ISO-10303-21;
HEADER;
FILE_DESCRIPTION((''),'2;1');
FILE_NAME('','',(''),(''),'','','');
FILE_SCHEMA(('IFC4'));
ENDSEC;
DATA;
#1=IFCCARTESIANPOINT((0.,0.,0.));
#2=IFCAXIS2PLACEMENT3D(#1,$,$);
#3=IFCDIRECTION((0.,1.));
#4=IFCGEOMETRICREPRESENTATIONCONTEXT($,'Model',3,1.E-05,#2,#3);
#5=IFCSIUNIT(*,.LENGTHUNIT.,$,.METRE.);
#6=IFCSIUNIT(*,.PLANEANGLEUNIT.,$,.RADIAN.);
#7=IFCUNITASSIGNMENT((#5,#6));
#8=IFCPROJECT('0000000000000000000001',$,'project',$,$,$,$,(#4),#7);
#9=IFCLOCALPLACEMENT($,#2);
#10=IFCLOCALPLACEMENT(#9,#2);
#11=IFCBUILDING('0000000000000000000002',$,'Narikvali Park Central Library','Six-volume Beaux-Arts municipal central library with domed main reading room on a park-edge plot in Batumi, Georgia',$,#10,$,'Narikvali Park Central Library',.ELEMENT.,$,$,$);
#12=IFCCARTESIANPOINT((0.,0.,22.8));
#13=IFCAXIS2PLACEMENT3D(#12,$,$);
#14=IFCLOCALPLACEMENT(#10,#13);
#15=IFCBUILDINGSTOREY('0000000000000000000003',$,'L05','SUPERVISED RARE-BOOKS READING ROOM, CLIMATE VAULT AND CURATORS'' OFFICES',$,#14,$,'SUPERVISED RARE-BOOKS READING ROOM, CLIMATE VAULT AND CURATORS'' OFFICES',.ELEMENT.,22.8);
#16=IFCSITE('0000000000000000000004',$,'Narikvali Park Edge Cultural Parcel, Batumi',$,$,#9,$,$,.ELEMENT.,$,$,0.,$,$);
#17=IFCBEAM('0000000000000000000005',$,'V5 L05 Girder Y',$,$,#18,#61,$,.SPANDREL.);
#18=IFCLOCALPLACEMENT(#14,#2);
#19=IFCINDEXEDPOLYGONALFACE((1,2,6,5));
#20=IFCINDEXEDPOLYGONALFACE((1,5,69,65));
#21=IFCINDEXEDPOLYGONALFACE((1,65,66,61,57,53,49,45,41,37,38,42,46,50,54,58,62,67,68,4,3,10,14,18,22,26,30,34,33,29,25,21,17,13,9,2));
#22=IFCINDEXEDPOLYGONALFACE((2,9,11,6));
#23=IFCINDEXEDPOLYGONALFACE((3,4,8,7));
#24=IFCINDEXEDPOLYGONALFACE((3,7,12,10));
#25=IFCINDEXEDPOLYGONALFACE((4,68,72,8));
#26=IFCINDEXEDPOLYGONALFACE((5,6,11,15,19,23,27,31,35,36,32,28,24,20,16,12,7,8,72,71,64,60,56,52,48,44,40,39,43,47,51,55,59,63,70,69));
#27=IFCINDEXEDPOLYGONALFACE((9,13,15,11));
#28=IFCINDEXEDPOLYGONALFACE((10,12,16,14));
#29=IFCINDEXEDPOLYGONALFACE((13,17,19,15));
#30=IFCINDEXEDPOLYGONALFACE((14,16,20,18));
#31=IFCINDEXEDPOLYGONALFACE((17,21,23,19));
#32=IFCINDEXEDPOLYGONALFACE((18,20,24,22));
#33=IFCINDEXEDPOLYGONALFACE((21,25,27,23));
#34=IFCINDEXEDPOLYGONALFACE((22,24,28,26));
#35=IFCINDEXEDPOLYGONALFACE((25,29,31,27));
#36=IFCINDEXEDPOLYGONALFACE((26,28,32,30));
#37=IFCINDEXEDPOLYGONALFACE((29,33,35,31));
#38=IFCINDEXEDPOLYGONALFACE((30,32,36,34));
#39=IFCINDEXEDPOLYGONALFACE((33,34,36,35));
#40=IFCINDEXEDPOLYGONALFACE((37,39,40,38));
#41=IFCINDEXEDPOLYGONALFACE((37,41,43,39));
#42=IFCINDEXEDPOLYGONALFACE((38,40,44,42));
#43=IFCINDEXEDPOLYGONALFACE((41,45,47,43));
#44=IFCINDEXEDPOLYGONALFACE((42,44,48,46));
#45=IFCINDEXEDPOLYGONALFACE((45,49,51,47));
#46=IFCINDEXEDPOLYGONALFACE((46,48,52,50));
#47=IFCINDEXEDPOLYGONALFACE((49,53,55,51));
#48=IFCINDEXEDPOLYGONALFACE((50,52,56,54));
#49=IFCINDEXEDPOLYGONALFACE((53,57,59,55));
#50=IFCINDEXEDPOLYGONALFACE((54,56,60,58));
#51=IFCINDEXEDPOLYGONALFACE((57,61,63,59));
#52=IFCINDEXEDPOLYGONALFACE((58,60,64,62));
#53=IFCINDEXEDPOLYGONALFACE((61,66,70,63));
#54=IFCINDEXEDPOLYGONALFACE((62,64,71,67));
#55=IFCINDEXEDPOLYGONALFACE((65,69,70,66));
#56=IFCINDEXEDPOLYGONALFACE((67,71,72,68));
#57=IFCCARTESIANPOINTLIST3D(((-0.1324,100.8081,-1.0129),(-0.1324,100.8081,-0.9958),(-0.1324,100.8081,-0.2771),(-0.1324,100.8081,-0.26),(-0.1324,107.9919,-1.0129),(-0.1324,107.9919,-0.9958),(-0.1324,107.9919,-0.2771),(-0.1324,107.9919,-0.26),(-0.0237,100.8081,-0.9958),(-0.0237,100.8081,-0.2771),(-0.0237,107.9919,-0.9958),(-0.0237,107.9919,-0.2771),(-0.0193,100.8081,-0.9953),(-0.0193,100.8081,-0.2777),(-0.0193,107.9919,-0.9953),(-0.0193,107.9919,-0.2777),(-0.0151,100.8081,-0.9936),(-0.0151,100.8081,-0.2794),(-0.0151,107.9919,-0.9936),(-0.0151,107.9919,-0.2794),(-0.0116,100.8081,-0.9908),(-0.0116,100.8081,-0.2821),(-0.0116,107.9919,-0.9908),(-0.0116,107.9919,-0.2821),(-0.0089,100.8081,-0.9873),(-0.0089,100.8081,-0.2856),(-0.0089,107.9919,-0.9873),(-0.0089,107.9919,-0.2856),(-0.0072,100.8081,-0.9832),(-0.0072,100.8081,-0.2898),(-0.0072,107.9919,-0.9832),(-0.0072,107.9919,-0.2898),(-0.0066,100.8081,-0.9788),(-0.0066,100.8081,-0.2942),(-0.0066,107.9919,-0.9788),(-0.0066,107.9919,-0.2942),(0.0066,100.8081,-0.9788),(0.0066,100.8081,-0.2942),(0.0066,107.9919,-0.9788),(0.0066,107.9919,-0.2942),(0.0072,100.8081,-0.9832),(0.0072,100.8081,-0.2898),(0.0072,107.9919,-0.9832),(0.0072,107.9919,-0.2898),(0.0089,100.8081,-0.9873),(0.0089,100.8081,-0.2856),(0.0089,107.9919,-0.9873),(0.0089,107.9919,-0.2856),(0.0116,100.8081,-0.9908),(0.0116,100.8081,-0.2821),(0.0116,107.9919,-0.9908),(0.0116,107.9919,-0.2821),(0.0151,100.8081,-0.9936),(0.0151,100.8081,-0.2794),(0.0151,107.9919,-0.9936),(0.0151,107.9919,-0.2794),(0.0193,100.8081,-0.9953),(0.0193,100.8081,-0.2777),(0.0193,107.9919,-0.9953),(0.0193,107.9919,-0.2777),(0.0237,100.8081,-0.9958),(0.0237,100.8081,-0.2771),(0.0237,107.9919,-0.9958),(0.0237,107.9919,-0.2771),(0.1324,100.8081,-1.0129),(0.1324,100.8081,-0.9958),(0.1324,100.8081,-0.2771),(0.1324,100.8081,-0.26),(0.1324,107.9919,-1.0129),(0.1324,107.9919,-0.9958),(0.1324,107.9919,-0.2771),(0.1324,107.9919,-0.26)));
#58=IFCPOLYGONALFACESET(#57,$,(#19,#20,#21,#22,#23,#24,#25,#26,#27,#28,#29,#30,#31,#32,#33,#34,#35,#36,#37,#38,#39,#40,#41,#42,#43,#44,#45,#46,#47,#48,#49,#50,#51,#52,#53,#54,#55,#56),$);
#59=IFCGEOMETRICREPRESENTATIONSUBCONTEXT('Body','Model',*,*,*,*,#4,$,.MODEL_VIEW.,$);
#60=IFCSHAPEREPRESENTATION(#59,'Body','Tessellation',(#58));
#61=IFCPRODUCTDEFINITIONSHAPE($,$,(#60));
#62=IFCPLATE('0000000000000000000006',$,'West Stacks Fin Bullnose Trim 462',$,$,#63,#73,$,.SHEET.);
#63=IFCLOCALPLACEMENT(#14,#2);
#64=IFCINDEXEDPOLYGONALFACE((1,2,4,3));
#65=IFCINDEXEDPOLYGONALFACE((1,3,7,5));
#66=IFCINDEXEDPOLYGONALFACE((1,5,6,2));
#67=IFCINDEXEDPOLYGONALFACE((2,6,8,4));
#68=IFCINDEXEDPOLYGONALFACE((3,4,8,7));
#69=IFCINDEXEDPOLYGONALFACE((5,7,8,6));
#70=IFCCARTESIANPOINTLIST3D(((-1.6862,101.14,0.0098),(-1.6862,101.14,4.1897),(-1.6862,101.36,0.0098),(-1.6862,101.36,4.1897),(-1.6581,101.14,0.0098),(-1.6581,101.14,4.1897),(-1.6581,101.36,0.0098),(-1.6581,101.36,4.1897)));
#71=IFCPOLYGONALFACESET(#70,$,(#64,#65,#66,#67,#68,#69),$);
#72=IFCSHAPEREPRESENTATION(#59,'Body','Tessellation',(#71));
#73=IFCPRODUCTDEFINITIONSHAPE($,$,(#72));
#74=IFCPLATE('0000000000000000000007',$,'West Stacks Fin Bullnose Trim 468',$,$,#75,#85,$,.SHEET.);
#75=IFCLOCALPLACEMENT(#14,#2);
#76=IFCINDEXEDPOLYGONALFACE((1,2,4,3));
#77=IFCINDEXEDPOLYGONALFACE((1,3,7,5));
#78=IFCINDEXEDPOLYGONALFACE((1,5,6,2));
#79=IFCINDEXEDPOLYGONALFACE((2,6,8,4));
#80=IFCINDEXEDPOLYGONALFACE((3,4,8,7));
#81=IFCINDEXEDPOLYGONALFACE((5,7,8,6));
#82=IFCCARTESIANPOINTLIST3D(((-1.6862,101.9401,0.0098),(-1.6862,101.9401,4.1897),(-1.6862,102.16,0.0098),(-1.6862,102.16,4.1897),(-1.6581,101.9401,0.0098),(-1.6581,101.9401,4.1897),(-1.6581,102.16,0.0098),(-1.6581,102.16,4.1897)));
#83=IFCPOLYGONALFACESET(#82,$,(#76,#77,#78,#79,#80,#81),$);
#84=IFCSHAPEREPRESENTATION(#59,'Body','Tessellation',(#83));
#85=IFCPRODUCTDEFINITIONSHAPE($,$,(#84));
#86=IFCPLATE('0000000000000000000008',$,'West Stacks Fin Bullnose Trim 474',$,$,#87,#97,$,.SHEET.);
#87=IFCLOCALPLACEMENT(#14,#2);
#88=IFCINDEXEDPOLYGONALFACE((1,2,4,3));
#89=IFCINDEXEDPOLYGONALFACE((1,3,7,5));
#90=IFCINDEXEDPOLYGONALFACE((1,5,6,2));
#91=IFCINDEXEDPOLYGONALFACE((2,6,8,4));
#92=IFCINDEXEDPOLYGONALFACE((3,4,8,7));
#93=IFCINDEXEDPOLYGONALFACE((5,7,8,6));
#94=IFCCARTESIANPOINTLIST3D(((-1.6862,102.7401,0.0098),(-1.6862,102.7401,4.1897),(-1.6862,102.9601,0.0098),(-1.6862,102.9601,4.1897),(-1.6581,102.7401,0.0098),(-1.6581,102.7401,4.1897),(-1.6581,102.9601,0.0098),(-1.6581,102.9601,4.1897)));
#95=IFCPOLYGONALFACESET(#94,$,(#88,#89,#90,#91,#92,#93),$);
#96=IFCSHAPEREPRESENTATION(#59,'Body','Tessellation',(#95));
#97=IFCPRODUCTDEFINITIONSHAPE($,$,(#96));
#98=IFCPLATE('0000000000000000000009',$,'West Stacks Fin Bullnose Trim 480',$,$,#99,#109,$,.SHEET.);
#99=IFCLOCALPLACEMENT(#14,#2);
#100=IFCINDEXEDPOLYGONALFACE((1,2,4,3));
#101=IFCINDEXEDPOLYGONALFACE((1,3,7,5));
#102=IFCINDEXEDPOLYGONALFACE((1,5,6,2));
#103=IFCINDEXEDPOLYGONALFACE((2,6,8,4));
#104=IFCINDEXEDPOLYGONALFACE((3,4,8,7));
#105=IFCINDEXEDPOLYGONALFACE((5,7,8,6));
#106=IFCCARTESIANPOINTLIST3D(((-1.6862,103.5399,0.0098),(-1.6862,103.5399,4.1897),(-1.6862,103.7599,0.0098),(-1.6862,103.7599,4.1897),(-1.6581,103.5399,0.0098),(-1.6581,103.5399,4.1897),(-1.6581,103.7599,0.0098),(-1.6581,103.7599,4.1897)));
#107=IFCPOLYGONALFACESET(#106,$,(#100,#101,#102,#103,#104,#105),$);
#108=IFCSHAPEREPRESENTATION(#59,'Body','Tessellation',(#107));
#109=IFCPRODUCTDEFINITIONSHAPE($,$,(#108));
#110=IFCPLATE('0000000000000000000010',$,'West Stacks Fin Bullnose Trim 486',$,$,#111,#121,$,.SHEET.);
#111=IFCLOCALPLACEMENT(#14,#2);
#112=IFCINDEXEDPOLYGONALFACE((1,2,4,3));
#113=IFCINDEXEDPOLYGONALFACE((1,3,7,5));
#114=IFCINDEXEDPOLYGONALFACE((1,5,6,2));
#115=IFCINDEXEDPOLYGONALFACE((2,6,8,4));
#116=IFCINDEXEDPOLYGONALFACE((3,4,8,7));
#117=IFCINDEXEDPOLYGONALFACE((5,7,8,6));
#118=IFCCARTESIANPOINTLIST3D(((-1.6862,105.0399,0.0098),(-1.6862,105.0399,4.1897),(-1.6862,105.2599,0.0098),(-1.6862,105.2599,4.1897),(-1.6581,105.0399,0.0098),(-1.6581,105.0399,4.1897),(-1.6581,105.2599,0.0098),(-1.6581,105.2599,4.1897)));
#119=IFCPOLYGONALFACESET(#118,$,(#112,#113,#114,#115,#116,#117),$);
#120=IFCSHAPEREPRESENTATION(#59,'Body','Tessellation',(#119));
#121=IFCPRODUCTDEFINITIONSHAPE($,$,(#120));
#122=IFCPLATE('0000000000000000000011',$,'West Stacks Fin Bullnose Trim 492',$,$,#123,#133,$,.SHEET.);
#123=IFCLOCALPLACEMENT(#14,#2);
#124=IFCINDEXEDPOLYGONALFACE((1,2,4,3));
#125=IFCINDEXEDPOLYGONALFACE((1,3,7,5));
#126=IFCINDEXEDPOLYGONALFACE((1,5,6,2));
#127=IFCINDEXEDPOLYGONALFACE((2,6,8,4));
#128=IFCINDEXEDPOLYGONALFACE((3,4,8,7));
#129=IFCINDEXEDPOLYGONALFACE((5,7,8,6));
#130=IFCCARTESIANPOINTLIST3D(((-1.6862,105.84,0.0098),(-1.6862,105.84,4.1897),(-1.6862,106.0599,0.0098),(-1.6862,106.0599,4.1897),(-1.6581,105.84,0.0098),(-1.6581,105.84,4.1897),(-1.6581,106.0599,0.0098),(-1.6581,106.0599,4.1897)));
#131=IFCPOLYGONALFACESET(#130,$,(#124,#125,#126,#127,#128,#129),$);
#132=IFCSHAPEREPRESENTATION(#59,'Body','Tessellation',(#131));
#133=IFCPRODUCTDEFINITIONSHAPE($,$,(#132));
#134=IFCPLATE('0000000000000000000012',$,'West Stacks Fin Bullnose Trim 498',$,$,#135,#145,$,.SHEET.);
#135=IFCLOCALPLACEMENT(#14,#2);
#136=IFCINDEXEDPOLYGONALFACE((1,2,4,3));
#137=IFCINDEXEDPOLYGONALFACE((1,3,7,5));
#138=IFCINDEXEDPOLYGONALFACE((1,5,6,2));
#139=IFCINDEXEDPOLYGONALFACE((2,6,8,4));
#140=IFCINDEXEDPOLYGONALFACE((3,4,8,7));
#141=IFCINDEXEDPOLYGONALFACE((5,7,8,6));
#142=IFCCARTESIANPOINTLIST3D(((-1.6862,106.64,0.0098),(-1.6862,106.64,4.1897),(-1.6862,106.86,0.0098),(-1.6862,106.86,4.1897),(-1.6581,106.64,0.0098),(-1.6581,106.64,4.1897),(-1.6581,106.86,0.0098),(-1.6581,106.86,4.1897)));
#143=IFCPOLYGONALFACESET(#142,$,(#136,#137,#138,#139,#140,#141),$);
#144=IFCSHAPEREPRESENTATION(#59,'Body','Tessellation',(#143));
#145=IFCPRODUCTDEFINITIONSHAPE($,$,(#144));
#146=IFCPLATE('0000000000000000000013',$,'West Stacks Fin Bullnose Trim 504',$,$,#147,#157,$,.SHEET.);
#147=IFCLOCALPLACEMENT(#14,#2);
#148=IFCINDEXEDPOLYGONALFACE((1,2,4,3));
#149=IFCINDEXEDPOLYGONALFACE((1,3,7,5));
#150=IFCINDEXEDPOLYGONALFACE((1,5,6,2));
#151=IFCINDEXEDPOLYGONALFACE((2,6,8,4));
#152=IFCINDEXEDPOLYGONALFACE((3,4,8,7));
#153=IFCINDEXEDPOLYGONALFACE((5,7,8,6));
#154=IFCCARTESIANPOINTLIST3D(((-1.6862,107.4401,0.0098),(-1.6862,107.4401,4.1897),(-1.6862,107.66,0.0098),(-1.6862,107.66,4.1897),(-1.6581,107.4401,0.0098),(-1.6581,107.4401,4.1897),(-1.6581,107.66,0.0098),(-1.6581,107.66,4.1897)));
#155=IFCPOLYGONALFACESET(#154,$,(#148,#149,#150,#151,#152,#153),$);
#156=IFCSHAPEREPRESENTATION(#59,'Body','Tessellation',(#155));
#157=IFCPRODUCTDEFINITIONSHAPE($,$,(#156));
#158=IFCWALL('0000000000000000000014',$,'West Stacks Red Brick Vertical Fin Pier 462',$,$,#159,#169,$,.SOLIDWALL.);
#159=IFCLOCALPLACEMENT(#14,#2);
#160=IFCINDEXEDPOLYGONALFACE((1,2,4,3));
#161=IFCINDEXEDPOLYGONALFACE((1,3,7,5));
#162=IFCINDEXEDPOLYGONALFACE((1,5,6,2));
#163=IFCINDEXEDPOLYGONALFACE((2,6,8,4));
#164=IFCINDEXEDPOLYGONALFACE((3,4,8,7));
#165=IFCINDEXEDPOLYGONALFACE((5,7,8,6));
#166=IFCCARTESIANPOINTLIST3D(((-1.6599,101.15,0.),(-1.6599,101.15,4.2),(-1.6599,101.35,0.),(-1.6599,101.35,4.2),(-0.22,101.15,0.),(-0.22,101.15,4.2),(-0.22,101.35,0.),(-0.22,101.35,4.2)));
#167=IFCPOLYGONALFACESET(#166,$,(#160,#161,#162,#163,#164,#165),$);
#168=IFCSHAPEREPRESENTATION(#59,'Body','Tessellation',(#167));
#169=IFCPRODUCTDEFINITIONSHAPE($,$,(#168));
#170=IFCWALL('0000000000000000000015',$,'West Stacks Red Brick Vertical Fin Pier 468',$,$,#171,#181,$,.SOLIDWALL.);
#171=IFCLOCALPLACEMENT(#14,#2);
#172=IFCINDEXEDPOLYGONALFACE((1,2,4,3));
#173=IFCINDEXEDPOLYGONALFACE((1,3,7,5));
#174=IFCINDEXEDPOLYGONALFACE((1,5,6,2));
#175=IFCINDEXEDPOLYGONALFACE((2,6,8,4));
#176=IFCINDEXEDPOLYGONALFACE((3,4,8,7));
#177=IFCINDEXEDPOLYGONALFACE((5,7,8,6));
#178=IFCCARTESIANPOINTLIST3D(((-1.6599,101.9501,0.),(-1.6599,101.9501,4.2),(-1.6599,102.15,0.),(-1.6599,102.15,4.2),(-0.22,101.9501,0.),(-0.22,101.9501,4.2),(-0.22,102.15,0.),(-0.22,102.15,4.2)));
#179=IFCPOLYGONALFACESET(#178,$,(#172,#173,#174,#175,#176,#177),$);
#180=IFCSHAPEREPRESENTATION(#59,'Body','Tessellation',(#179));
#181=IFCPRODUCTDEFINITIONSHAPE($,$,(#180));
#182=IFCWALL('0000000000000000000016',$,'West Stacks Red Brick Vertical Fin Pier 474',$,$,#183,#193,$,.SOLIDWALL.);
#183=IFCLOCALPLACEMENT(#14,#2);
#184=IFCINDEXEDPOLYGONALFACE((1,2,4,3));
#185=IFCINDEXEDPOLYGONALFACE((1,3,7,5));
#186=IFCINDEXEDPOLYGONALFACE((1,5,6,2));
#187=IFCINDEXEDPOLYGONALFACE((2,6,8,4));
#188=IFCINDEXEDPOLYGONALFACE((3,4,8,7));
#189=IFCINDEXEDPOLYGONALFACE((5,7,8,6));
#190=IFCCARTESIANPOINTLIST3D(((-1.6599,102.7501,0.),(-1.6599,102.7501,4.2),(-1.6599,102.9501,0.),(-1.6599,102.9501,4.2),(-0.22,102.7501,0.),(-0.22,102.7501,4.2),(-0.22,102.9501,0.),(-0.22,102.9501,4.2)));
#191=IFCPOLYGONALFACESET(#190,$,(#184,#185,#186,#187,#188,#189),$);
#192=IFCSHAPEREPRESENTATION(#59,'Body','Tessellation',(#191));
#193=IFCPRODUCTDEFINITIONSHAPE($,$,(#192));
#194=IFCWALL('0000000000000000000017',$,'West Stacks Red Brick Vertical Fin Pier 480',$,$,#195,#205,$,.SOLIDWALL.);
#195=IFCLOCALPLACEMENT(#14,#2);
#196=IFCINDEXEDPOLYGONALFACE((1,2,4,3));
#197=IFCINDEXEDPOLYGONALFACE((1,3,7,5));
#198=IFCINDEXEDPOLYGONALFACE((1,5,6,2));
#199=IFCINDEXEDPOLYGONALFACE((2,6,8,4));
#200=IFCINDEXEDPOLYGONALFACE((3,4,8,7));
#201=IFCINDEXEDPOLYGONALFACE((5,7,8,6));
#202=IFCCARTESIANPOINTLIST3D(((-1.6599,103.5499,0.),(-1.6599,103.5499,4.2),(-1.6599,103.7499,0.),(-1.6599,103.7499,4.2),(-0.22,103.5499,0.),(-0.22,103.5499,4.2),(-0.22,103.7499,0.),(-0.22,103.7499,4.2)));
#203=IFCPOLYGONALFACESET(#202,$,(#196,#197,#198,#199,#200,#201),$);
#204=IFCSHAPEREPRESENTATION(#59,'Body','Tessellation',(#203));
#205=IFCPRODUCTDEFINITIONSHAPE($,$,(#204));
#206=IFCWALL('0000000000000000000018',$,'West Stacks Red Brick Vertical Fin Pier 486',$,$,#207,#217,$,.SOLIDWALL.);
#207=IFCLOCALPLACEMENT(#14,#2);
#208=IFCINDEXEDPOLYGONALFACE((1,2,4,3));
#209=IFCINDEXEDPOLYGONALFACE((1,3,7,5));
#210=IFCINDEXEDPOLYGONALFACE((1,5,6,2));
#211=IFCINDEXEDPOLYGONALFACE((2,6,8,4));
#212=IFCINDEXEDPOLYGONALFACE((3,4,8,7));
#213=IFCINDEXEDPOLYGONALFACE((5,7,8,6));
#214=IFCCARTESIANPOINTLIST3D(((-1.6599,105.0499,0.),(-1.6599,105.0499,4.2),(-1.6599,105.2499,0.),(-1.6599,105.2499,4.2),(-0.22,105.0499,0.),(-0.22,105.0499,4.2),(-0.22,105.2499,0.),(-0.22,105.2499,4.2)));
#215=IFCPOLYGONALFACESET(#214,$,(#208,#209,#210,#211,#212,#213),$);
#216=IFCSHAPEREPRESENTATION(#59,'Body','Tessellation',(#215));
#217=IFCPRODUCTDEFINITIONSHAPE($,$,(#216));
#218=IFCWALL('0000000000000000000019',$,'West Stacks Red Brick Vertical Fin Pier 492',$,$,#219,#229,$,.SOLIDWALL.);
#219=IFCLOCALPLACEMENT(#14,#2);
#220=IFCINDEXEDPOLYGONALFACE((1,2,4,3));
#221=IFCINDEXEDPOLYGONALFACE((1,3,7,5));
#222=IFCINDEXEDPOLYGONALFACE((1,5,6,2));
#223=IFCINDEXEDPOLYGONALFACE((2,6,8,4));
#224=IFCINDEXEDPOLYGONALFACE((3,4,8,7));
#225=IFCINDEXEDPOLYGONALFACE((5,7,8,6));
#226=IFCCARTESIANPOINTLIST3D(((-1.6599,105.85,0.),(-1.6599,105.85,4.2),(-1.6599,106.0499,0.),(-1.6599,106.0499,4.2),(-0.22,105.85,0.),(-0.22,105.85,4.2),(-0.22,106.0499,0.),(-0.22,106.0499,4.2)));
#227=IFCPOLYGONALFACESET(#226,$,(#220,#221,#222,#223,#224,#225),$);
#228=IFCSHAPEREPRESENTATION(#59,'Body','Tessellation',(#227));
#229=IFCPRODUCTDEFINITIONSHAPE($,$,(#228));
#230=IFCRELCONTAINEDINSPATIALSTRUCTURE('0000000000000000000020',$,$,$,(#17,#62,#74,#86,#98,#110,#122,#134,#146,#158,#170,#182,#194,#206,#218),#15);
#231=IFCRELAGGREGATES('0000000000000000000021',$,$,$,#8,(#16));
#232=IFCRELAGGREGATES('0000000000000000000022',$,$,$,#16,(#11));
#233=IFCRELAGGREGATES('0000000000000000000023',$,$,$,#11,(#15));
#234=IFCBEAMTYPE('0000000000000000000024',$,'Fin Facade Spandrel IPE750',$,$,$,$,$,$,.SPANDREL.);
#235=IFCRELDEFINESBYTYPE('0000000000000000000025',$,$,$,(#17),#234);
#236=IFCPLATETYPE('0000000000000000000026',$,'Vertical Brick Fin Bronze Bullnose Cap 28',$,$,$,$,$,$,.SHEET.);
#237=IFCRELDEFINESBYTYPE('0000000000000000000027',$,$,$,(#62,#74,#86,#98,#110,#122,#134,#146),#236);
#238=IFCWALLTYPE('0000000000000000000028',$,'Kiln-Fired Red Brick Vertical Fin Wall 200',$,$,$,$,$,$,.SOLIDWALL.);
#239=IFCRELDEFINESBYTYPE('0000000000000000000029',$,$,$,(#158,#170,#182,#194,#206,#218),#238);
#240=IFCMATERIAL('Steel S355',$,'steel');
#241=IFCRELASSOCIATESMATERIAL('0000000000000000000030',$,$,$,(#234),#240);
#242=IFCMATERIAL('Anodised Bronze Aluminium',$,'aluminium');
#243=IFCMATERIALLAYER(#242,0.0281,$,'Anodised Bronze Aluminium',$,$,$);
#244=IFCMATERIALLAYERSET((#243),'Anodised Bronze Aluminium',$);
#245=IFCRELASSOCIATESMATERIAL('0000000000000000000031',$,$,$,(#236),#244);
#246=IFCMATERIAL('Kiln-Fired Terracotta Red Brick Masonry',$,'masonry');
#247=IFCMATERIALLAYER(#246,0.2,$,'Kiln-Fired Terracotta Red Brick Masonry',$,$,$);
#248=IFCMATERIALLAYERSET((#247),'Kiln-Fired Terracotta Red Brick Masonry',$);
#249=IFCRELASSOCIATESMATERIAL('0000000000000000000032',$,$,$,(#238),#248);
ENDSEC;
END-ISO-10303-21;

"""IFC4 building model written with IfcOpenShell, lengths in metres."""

from ifc_helpers import new_model, si_unit, direction, frame, frame_2d, origin, origin_2d, place, context, subcontext, project, spatial, rectangle, i_section, extrude, material, layer, layer_set, material_profile, profile_set, type_object, element, save


model = new_model("IFC4")

# Units and contexts
model_context = context("Model", 3, precision=1e-05, world=origin(), true_north=direction((0.0, 1.0)))
body_context = subcontext(model_context, "Body", "Model", "MODEL_VIEW")
ifc_project = project(units=[si_unit("LENGTHUNIT", "METRE"), si_unit("PLANEANGLEUNIT", "RADIAN")], contexts=[model_context])

# Site, building, storey
site_placement = place(None, origin())
site = spatial("IfcSite", under=ifc_project, at=site_placement, Name="Narikvali Park Edge Cultural Parcel, Batumi", CompositionType="ELEMENT", RefElevation=0.0)
building_placement = place(site_placement, origin())
building = spatial("IfcBuilding", under=site, at=building_placement, Name="Narikvali Park Central Library", Description="Six-volume Beaux-Arts municipal central library with domed main reading room on a park-edge plot in Batumi, Georgia", LongName="Narikvali Park Central Library", CompositionType="ELEMENT")
storey_placement = place(building_placement, frame((0.0, 0.0, 22.8)))
storey = spatial("IfcBuildingStorey", under=building, at=storey_placement, Name="L05", Description="SUPERVISED RARE-BOOKS READING ROOM, CLIMATE VAULT AND CURATORS' OFFICES", LongName="SUPERVISED RARE-BOOKS READING ROOM, CLIMATE VAULT AND CURATORS' OFFICES", CompositionType="ELEMENT", Elevation=22.8)

# Beam
ifc_material_1 = material(Name="Steel S355", Category="steel")
ifc_material_profile = material_profile(ifc_material_1, i_section(OverallWidth=0.2649, OverallDepth=0.7529, WebThickness=0.0132, FlangeThickness=0.0171, FilletRadius=0.0171, at=origin_2d()), Name="IPE 750x147")
ifc_profile_set = profile_set([ifc_material_profile], Name="Steel S355")
beam_type = type_object("IfcBeamType", Name="Fin Facade Spandrel IPE750", PredefinedType="SPANDREL", material=ifc_profile_set)
beam_placement = place(storey_placement, frame((0.0, 100.8081, -0.6365), z_axis=(0.0, 1.0, 0.0), x_axis=(-1.0, 0.0, 0.0)))
element("IfcBeam", 1, at=beam_placement, inside=storey, type_object=beam_type, Name="V5 L05 Girder Y", PredefinedType="SPANDREL", context=body_context, shape_type="SweptSolid", body=[
    extrude(i_section(OverallWidth=0.2649, OverallDepth=0.7529, WebThickness=0.0132, FlangeThickness=0.0171, FilletRadius=0.0171, at=origin_2d()), origin(), (0.0, 0.0, 1.0), 7.1838),
])

# Plates
ifc_material_2 = material(Name="Anodised Bronze Aluminium", Category="aluminium")
ifc_layer_1 = layer(ifc_material_2, 0.0281, Name="Anodised Bronze Aluminium")
ifc_layer_set_1 = layer_set([ifc_layer_1], Name="Anodised Bronze Aluminium")
plate_type = type_object("IfcPlateType", Name="Vertical Brick Fin Bronze Bullnose Cap 28", PredefinedType="SHEET", material=ifc_layer_set_1)
for number, where, z_axis, x_axis, name in (
    (2, (-1.6721, 101.25, 0.0098), (0.0, 0.0, 1.0), (1.0, 0.0, 0.0), "West Stacks Fin Bullnose Trim 462"),
    (3, (-1.6721, 102.05, 0.0098), (0.0, 0.0, 1.0), (1.0, 0.0, 0.0), "West Stacks Fin Bullnose Trim 468"),
    (4, (-1.6721, 102.8501, 0.0098), (0.0, 0.0, 1.0), (1.0, 0.0, 0.0), "West Stacks Fin Bullnose Trim 474"),
    (5, (-1.6721, 103.6499, 0.0098), (0.0, 0.0, 1.0), (1.0, 0.0, 0.0), "West Stacks Fin Bullnose Trim 480"),
    (6, (-1.6721, 105.1499, 0.0098), (0.0, 0.0, 1.0), (1.0, 0.0, 0.0), "West Stacks Fin Bullnose Trim 486"),
    (7, (-1.6721, 105.95, 0.0098), (0.0, 0.0, 1.0), (1.0, 0.0, 0.0), "West Stacks Fin Bullnose Trim 492"),
    (8, (-1.6721, 106.75, 0.0098), (0.0, 0.0, 1.0), (1.0, 0.0, 0.0), "West Stacks Fin Bullnose Trim 498"),
    (9, (-1.6721, 107.55, 0.0098), (0.0, 0.0, 1.0), (1.0, 0.0, 0.0), "West Stacks Fin Bullnose Trim 504"),
):
    element("IfcPlate", number, at=place(storey_placement, frame(where, z_axis=z_axis, x_axis=x_axis)), inside=storey, type_object=plate_type, Name=name, PredefinedType="SHEET", context=body_context, shape_type="SweptSolid", body=[
        extrude(rectangle(XDim=0.0281, YDim=0.22, at=origin_2d()), origin(), (0.0, 0.0, 1.0), 4.1799),
    ])

# Walls
ifc_material_3 = material(Name="Kiln-Fired Terracotta Red Brick Masonry", Category="masonry")
ifc_layer_2 = layer(ifc_material_3, 0.2, Name="Kiln-Fired Terracotta Red Brick Masonry")
ifc_layer_set_2 = layer_set([ifc_layer_2], Name="Kiln-Fired Terracotta Red Brick Masonry")
wall_type_1 = type_object("IfcWallType", Name="Kiln-Fired Red Brick Vertical Fin Wall 200", PredefinedType="SOLIDWALL", material=ifc_layer_set_2)
for number, where, z_axis, x_axis, name in (
    (10, (-1.6599, 101.25, 0.0), (0.0, 0.0, 1.0), (1.0, 0.0, 0.0), "West Stacks Red Brick Vertical Fin Pier 462"),
    (11, (-1.6599, 102.05, 0.0), (0.0, 0.0, 1.0), (1.0, 0.0, 0.0), "West Stacks Red Brick Vertical Fin Pier 468"),
    (12, (-1.6599, 102.8501, 0.0), (0.0, 0.0, 1.0), (1.0, 0.0, 0.0), "West Stacks Red Brick Vertical Fin Pier 474"),
    (13, (-1.6599, 103.6499, 0.0), (0.0, 0.0, 1.0), (1.0, 0.0, 0.0), "West Stacks Red Brick Vertical Fin Pier 480"),
    (14, (-1.6599, 105.1499, 0.0), (0.0, 0.0, 1.0), (1.0, 0.0, 0.0), "West Stacks Red Brick Vertical Fin Pier 486"),
    (15, (-1.6599, 105.95, 0.0), (0.0, 0.0, 1.0), (1.0, 0.0, 0.0), "West Stacks Red Brick Vertical Fin Pier 492"),
):
    element("IfcWall", number, at=place(storey_placement, frame(where, z_axis=z_axis, x_axis=x_axis)), inside=storey, type_object=wall_type_1, Name=name, PredefinedType="SOLIDWALL", context=body_context, shape_type="SweptSolid", body=[
        extrude(rectangle(XDim=1.4399, YDim=0.2, at=frame_2d((0.72, 0.0))), origin(), (0.0, 0.0, 1.0), 4.2),
    ])

save(model, "model.ifc")
